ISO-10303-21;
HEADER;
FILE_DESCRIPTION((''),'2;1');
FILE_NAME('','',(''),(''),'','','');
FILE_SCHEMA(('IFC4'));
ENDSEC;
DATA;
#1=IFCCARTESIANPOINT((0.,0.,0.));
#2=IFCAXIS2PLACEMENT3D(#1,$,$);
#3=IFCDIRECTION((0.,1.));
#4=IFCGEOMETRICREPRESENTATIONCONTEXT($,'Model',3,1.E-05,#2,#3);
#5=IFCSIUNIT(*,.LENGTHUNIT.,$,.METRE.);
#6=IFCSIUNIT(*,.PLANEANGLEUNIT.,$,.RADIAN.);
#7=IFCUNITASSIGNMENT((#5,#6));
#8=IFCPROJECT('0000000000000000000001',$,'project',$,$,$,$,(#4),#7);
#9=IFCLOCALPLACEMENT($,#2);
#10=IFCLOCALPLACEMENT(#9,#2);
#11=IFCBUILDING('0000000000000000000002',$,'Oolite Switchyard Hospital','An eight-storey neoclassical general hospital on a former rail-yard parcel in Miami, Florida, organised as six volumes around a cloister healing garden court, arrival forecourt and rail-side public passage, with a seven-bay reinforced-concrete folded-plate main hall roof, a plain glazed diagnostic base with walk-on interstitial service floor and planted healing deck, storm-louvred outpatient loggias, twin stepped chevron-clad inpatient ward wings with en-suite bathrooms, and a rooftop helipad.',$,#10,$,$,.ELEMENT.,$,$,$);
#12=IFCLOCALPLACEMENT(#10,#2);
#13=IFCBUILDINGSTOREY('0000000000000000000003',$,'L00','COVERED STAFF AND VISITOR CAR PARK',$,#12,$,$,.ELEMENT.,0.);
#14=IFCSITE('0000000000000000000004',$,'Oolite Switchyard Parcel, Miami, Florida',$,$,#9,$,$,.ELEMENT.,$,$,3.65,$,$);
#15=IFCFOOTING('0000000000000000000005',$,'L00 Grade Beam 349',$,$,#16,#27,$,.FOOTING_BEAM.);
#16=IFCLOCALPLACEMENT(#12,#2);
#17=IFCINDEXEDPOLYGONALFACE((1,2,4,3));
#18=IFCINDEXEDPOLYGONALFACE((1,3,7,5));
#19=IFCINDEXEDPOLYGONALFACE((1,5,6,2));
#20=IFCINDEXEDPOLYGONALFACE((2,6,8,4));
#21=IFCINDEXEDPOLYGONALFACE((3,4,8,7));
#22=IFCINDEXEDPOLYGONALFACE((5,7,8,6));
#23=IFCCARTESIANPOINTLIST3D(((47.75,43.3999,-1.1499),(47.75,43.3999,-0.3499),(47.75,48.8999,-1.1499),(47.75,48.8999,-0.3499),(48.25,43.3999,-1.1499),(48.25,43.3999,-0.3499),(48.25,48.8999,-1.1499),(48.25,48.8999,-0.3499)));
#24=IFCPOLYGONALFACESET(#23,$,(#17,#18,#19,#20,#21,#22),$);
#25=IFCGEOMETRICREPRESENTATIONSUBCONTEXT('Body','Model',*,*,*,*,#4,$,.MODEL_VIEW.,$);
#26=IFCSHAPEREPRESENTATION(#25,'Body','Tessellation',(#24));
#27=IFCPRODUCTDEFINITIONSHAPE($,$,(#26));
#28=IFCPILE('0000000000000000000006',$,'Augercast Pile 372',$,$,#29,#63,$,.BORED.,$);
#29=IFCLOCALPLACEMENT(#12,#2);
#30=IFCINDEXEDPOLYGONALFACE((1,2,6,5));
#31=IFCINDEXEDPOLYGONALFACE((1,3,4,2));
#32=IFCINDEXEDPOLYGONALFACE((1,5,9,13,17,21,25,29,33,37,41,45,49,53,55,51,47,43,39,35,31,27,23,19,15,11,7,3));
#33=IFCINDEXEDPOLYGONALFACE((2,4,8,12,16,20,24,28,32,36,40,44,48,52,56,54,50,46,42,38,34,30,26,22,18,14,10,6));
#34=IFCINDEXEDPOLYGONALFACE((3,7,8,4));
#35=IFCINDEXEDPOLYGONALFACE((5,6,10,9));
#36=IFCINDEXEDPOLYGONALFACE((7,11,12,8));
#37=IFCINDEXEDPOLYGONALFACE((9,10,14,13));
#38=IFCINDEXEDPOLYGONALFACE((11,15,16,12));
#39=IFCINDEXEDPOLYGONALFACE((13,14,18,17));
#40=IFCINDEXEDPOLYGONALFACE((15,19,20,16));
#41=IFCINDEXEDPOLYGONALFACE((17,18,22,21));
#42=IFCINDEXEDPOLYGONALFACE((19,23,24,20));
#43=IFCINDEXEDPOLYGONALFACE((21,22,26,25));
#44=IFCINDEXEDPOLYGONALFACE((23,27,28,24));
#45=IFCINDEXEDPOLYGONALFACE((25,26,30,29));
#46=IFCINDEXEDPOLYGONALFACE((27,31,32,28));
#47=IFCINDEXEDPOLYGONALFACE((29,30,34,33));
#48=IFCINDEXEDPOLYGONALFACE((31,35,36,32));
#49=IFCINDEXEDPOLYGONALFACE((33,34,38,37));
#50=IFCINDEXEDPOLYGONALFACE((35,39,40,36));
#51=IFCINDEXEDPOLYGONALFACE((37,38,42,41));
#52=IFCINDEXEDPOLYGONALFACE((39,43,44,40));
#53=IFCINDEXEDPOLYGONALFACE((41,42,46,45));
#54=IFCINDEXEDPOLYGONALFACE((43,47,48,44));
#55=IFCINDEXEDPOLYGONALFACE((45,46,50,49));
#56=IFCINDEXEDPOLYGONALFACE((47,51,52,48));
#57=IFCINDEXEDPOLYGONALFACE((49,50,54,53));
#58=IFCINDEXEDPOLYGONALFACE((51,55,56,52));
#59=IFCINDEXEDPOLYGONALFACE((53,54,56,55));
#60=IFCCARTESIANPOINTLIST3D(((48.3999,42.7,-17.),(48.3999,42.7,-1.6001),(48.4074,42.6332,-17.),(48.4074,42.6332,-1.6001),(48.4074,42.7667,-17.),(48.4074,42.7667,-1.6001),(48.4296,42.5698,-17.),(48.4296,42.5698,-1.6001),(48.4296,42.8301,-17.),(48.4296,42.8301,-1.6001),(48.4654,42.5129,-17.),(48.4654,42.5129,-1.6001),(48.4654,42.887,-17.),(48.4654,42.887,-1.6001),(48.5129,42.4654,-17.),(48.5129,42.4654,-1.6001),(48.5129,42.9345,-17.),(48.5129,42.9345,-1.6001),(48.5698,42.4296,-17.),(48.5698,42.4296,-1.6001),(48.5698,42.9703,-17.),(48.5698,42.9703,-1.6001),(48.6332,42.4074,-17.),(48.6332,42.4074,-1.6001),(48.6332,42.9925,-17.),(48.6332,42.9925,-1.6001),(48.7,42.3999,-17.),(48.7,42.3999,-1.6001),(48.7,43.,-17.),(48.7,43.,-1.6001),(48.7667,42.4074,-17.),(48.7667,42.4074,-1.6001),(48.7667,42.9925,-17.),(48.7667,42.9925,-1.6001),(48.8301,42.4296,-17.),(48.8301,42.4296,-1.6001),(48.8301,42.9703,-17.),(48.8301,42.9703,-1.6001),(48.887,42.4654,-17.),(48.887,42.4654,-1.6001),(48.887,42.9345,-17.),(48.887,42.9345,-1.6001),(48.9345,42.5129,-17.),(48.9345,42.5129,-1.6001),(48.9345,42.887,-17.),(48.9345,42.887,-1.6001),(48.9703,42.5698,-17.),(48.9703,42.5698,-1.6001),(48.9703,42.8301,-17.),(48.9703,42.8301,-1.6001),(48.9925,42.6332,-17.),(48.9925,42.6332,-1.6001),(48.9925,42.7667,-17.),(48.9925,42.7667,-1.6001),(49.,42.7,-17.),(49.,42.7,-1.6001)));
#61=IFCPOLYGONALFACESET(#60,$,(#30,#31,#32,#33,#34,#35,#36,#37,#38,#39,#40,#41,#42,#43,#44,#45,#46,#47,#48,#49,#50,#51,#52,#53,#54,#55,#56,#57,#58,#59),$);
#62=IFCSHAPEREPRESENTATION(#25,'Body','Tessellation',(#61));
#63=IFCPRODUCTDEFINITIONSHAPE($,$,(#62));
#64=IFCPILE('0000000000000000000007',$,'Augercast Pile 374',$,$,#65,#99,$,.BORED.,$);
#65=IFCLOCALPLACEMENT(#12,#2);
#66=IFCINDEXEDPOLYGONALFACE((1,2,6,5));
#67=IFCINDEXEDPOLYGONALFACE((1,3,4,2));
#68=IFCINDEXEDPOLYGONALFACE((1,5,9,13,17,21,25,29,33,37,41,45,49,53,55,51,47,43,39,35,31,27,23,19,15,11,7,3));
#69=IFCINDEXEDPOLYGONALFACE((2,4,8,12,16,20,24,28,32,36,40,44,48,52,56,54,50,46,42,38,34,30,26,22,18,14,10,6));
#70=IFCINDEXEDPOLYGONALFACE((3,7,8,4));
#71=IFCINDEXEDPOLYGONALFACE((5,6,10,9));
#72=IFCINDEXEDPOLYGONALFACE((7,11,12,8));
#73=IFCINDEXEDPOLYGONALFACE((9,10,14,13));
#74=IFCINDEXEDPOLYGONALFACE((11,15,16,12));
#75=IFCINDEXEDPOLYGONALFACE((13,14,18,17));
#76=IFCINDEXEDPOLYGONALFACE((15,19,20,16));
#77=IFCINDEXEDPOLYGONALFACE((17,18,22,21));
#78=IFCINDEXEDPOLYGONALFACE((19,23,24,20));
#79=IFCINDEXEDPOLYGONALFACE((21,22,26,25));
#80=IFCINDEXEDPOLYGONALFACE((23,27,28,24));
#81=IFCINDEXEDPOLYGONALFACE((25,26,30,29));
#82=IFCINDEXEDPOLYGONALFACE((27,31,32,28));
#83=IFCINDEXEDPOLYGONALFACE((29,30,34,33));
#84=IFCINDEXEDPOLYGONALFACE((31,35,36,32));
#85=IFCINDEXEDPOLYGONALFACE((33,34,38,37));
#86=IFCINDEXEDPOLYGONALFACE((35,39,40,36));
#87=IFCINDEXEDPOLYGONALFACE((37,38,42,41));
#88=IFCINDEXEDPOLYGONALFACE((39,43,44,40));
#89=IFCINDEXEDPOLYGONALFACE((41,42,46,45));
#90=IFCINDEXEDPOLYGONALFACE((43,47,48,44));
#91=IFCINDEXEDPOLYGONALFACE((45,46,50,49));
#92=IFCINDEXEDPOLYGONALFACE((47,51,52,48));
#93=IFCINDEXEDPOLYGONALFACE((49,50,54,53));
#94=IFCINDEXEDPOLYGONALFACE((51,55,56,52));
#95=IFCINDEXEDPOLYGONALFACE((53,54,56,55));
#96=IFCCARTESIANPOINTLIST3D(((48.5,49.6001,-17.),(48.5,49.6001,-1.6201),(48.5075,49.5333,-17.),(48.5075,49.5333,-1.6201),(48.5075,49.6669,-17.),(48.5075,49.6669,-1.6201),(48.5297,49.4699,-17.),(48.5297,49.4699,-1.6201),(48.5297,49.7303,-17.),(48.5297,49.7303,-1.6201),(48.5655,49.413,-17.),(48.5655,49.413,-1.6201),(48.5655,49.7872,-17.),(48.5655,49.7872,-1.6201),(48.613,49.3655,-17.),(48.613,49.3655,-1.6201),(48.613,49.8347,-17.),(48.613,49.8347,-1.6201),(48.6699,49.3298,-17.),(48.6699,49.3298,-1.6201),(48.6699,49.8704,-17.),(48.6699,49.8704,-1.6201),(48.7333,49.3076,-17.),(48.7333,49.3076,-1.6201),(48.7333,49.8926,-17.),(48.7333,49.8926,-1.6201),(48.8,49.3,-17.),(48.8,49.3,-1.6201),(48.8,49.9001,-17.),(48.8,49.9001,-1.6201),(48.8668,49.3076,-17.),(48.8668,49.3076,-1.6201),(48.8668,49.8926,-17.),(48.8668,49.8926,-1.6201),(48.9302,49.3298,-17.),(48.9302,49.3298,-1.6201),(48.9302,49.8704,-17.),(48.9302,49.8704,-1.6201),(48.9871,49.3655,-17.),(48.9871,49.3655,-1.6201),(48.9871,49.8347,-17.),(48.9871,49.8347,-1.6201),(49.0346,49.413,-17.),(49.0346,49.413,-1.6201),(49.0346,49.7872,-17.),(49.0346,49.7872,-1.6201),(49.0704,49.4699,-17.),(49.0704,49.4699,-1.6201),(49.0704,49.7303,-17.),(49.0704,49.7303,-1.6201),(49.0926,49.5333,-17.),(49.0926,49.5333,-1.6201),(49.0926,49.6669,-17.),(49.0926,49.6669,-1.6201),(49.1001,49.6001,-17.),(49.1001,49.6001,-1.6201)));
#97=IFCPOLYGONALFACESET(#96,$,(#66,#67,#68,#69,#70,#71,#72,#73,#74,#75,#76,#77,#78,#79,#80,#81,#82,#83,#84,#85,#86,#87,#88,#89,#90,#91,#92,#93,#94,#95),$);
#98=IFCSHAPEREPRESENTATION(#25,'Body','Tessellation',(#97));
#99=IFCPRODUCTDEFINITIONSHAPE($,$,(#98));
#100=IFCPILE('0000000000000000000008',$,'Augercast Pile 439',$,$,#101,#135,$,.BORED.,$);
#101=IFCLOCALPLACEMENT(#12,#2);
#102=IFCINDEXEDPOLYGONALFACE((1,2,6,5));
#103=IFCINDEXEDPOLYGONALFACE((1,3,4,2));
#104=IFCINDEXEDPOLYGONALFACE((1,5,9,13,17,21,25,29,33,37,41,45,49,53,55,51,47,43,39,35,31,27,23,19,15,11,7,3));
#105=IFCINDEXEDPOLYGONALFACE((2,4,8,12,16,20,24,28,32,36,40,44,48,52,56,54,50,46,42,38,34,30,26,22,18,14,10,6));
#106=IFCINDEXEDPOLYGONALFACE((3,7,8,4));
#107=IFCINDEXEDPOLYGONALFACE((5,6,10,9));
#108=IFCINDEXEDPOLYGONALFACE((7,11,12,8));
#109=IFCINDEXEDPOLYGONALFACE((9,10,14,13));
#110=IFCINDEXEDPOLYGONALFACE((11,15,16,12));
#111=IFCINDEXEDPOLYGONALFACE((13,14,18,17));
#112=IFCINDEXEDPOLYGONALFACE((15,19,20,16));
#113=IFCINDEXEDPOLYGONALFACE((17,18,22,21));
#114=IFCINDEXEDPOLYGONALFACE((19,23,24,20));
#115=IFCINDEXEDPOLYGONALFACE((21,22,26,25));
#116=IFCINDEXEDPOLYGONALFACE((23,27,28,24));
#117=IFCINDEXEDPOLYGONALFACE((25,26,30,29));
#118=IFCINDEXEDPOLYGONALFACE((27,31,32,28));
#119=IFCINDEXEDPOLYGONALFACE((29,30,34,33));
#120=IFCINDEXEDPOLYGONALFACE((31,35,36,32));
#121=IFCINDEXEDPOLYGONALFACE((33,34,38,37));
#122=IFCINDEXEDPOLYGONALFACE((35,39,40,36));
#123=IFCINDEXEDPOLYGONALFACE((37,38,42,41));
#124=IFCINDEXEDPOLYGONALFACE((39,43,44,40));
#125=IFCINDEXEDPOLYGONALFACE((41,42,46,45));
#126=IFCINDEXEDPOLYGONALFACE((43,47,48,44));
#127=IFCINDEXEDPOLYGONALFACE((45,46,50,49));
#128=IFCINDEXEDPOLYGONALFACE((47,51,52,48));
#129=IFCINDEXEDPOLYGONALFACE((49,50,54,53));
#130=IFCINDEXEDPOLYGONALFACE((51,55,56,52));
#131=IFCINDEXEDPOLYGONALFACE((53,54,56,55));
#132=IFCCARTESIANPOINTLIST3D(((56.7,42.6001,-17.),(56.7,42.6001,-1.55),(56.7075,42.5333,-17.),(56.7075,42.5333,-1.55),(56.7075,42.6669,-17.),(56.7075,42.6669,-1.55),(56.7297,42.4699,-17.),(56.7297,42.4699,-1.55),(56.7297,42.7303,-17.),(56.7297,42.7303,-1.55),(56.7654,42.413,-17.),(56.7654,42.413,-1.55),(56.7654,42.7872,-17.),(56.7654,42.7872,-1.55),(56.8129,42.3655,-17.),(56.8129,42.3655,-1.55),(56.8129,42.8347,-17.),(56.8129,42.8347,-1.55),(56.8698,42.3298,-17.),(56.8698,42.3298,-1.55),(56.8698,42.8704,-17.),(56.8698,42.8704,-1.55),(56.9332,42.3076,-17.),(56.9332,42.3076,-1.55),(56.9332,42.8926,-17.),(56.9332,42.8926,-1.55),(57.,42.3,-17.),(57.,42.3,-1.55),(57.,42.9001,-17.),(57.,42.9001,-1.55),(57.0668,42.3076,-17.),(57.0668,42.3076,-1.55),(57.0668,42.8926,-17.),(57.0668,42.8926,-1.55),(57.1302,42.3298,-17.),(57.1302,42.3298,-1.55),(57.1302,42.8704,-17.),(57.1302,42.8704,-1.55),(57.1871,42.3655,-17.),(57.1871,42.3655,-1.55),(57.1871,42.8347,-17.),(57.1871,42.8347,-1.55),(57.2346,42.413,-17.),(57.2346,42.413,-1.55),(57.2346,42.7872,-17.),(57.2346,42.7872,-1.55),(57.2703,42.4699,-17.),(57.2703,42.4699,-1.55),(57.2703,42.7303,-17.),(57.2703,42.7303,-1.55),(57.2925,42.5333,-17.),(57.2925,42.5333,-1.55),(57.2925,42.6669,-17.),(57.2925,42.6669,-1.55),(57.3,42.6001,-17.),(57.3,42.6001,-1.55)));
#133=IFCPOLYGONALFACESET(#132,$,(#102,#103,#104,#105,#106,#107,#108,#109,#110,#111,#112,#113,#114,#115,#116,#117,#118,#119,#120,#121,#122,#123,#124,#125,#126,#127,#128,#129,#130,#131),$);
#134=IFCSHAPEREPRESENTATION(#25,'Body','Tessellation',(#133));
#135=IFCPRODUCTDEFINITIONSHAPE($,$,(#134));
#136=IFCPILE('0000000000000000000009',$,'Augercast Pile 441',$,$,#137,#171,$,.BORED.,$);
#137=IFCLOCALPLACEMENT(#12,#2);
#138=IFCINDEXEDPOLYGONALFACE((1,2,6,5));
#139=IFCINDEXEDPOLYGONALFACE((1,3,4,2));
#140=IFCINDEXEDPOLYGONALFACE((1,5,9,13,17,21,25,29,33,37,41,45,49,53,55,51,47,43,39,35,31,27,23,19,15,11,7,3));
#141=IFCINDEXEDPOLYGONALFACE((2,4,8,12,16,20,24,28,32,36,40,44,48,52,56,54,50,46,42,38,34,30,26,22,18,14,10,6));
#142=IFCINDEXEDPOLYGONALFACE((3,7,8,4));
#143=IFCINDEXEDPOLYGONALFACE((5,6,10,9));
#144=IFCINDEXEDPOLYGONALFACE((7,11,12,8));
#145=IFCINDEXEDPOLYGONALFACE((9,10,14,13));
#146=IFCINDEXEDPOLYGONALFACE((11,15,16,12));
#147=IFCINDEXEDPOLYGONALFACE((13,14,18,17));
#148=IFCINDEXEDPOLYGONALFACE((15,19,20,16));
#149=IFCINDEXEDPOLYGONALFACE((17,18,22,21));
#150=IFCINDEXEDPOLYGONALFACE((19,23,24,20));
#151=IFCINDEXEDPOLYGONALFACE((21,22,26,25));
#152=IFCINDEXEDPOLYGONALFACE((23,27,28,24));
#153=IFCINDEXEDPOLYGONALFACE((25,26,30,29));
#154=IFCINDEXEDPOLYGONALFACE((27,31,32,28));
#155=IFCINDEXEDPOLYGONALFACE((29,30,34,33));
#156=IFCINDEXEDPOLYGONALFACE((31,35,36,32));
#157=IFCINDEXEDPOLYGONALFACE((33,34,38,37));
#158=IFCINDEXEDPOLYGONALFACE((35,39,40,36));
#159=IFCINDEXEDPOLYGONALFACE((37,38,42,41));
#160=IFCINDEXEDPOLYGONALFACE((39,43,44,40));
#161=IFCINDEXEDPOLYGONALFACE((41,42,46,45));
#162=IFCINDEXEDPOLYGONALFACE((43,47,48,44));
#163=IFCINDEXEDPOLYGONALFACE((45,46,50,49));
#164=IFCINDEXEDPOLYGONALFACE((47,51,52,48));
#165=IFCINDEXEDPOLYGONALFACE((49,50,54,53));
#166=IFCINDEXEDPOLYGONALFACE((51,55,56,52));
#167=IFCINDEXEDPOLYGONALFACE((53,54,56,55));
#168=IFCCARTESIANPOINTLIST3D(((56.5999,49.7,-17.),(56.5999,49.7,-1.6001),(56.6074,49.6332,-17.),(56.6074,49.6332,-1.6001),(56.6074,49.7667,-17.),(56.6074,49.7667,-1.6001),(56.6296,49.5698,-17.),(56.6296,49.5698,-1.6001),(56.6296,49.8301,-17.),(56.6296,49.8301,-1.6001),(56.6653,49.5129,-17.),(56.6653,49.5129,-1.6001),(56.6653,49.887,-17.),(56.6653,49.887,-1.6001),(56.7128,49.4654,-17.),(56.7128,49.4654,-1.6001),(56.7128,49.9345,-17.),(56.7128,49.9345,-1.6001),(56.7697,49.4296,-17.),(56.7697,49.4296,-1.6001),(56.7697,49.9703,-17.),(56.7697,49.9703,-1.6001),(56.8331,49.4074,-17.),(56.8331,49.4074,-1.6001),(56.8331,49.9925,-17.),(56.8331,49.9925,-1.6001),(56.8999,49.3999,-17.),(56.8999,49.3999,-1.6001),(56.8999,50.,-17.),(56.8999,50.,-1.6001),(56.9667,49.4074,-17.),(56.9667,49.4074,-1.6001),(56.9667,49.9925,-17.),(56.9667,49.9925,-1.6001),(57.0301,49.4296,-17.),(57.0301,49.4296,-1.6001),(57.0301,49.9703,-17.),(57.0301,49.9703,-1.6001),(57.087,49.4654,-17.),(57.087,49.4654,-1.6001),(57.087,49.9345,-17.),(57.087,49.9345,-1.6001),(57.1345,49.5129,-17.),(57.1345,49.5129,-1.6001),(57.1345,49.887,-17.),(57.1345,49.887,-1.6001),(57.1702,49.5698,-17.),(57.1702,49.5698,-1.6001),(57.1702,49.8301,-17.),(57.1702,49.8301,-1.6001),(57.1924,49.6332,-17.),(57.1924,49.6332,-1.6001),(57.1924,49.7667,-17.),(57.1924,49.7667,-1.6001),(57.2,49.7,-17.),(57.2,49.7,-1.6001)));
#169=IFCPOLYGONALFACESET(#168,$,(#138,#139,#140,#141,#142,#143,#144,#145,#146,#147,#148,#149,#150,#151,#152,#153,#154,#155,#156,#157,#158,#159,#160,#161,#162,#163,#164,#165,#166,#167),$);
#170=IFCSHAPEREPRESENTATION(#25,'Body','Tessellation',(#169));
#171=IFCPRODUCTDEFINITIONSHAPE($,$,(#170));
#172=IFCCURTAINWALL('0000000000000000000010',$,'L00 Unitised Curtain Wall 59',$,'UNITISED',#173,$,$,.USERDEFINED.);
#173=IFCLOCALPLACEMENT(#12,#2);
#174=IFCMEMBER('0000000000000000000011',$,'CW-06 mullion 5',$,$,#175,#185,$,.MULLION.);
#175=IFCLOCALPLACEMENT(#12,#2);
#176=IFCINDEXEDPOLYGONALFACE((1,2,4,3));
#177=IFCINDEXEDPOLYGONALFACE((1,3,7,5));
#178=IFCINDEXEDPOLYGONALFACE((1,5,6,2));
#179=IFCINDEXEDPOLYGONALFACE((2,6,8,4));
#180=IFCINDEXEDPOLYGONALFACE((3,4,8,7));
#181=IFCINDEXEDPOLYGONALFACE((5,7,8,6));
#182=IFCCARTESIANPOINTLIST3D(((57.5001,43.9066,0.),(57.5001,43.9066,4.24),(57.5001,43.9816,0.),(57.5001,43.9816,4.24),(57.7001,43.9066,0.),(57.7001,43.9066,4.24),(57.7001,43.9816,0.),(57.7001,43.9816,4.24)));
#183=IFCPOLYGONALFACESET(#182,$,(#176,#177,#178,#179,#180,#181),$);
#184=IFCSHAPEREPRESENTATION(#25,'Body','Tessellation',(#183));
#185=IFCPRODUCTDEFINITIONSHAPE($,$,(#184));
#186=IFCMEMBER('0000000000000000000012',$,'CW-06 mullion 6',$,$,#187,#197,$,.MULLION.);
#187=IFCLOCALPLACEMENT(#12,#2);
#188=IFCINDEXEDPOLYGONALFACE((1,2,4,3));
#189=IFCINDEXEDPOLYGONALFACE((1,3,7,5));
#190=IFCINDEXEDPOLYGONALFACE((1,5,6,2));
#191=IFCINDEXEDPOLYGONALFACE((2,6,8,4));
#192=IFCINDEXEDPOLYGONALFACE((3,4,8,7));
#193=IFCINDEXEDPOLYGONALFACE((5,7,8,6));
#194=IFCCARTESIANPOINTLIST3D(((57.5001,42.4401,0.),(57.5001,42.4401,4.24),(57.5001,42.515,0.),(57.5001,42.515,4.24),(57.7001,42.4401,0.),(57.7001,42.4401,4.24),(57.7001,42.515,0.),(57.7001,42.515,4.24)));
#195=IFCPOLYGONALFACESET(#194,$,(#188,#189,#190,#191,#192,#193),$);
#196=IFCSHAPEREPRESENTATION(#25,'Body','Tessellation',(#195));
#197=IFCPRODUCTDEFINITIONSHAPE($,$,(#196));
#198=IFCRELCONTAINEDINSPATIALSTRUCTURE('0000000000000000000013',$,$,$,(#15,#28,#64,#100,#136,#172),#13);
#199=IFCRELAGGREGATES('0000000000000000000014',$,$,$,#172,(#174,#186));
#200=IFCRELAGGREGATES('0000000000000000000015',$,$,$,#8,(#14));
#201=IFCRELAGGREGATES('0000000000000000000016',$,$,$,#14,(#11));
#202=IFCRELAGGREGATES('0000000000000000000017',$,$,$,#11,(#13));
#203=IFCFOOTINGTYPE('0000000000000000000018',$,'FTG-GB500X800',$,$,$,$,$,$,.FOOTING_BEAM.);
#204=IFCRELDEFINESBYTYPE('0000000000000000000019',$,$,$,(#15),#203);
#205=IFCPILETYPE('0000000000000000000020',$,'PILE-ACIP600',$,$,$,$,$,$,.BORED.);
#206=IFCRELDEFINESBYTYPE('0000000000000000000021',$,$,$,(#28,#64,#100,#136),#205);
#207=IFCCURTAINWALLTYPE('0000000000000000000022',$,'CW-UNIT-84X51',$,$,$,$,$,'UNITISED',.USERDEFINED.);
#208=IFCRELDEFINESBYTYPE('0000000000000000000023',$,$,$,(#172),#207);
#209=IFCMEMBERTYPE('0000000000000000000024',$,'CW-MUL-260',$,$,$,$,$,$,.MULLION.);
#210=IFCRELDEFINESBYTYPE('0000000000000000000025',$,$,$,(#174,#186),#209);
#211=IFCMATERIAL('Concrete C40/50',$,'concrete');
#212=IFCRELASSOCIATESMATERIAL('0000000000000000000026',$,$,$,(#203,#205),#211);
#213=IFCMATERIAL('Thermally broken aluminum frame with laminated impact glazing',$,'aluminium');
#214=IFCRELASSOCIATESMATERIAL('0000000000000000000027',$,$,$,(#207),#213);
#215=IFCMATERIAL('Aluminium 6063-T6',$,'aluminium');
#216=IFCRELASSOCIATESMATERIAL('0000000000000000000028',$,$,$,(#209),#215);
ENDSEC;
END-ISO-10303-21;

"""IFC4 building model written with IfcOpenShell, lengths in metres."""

from ifc_helpers import new_model, si_unit, direction, frame, origin, origin_2d, place, context, subcontext, project, spatial, rectangle, circle, extrude, material, material_profile, profile_set, type_object, element, aggregate, save


model = new_model("IFC4")

# Units and contexts
model_context = context("Model", 3, precision=1e-05, world=origin(), true_north=direction((0.0, 1.0)))
body_context = subcontext(model_context, "Body", "Model", "MODEL_VIEW")
ifc_project = project(units=[si_unit("LENGTHUNIT", "METRE"), si_unit("PLANEANGLEUNIT", "RADIAN")], contexts=[model_context])

# Site, building, storey
site_placement = place(None, origin())
site = spatial("IfcSite", under=ifc_project, at=site_placement, Name="Oolite Switchyard Parcel, Miami, Florida", CompositionType="ELEMENT", RefElevation=3.65)
building_placement = place(site_placement, origin())
building = spatial("IfcBuilding", under=site, at=building_placement, Name="Oolite Switchyard Hospital", Description="An eight-storey neoclassical general hospital on a former rail-yard parcel in Miami, Florida, organised as six volumes around a cloister healing garden court, arrival forecourt and rail-side public passage, with a seven-bay reinforced-concrete folded-plate main hall roof, a plain glazed diagnostic base with walk-on interstitial service floor and planted healing deck, storm-louvred outpatient loggias, twin stepped chevron-clad inpatient ward wings with en-suite bathrooms, and a rooftop helipad.", CompositionType="ELEMENT")
storey_placement = place(building_placement, origin())
storey = spatial("IfcBuildingStorey", under=building, at=storey_placement, Name="L00", Description="COVERED STAFF AND VISITOR CAR PARK", CompositionType="ELEMENT", Elevation=0.0)

# Footing
ifc_material_1 = material(Name="Concrete C40/50", Category="concrete")
footing_type = type_object("IfcFootingType", Name="FTG-GB500X800", PredefinedType="FOOTING_BEAM", material=ifc_material_1)
footing_placement = place(storey_placement, frame((48.0, 46.1499, -1.1499), z_axis=(0.0, 0.0, 1.0), x_axis=(0.0, 1.0, 0.0)))
element("IfcFooting", 1, at=footing_placement, inside=storey, type_object=footing_type, Name="L00 Grade Beam 349", PredefinedType="FOOTING_BEAM", context=body_context, shape_type="SweptSolid", body=[
    extrude(rectangle(XDim=5.5, YDim=0.5, at=origin_2d()), origin(), (0.0, 0.0, 1.0), 0.8),
])

# Piles
ifc_material_profile_1 = material_profile(ifc_material_1, circle(Radius=0.3, at=origin_2d()), Name="PILE600")
ifc_profile_set_1 = profile_set([ifc_material_profile_1], Name="Concrete C40/50")
pile_type = type_object("IfcPileType", Name="PILE-ACIP600", PredefinedType="BORED", material=ifc_profile_set_1)
pile_1_placement = place(storey_placement, frame((48.7, 42.7, -1.6001), z_axis=(0.0, 0.0, -1.0), x_axis=(1.0, 0.0, 0.0)))
element("IfcPile", 2, at=pile_1_placement, inside=storey, type_object=pile_type, Name="Augercast Pile 372", PredefinedType="BORED", context=body_context, shape_type="SweptSolid", body=[
    extrude(circle(Radius=0.3, at=origin_2d()), origin(), (0.0, 0.0, 1.0), 15.3999),
])
pile_2_placement = place(storey_placement, frame((48.8, 49.6001, -1.6201), z_axis=(0.0, 0.0, -1.0), x_axis=(1.0, 0.0, 0.0)))
element("IfcPile", 3, at=pile_2_placement, inside=storey, type_object=pile_type, Name="Augercast Pile 374", PredefinedType="BORED", context=body_context, shape_type="SweptSolid", body=[
    extrude(circle(Radius=0.3, at=origin_2d()), origin(), (0.0, 0.0, 1.0), 15.3799),
])
pile_3_placement = place(storey_placement, frame((57.0, 42.6001, -1.55), z_axis=(0.0, 0.0, -1.0), x_axis=(1.0, 0.0, 0.0)))
element("IfcPile", 4, at=pile_3_placement, inside=storey, type_object=pile_type, Name="Augercast Pile 439", PredefinedType="BORED", context=body_context, shape_type="SweptSolid", body=[
    extrude(circle(Radius=0.3, at=origin_2d()), origin(), (0.0, 0.0, 1.0), 15.45),
])
pile_4_placement = place(storey_placement, frame((56.8999, 49.7, -1.6001), z_axis=(0.0, 0.0, -1.0), x_axis=(1.0, 0.0, 0.0)))
element("IfcPile", 5, at=pile_4_placement, inside=storey, type_object=pile_type, Name="Augercast Pile 441", PredefinedType="BORED", context=body_context, shape_type="SweptSolid", body=[
    extrude(circle(Radius=0.3, at=origin_2d()), origin(), (0.0, 0.0, 1.0), 15.3999),
])

# Curtain wall, members
ifc_material_2 = material(Name="Thermally broken aluminum frame with laminated impact glazing", Category="aluminium")
curtain_wall_type = type_object("IfcCurtainWallType", Name="CW-UNIT-84X51", ElementType="UNITISED", PredefinedType="USERDEFINED", material=ifc_material_2)
curtain_wall_placement = place(storey_placement, origin())
curtain_wall = element("IfcCurtainWall", 6, at=curtain_wall_placement, inside=storey, type_object=curtain_wall_type, Name="L00 Unitised Curtain Wall 59", ObjectType="UNITISED", PredefinedType="USERDEFINED")
ifc_material_3 = material(Name="Aluminium 6063-T6", Category="aluminium")
ifc_material_profile_2 = material_profile(ifc_material_3, rectangle(XDim=0.2, YDim=0.075, at=origin_2d()), Name="CWM75X200")
ifc_profile_set_2 = profile_set([ifc_material_profile_2], Name="Aluminium 6063-T6")
member_type_1 = type_object("IfcMemberType", Name="CW-MUL-260", PredefinedType="MULLION", material=ifc_profile_set_2)
member_1_placement = place(storey_placement, frame((57.6001, 43.9441, 0.0), z_axis=(0.0, 0.0, 1.0), x_axis=(1.0, 0.0, 0.0)))
member_1 = element("IfcMember", 7, at=member_1_placement, type_object=member_type_1, Name="CW-06 mullion 5", PredefinedType="MULLION", context=body_context, shape_type="SweptSolid", body=[
    extrude(rectangle(XDim=0.2, YDim=0.075, at=origin_2d()), origin(), (0.0, 0.0, 1.0), 4.24),
])
member_2_placement = place(storey_placement, frame((57.6001, 42.4775, 0.0), z_axis=(0.0, 0.0, 1.0), x_axis=(1.0, 0.0, 0.0)))
member_2 = element("IfcMember", 8, at=member_2_placement, type_object=member_type_1, Name="CW-06 mullion 6", PredefinedType="MULLION", context=body_context, shape_type="SweptSolid", body=[
    extrude(rectangle(XDim=0.2, YDim=0.075, at=origin_2d()), origin(), (0.0, 0.0, 1.0), 4.24),
])
aggregate(curtain_wall, [member_1, member_2])

save(model, "model.ifc")
